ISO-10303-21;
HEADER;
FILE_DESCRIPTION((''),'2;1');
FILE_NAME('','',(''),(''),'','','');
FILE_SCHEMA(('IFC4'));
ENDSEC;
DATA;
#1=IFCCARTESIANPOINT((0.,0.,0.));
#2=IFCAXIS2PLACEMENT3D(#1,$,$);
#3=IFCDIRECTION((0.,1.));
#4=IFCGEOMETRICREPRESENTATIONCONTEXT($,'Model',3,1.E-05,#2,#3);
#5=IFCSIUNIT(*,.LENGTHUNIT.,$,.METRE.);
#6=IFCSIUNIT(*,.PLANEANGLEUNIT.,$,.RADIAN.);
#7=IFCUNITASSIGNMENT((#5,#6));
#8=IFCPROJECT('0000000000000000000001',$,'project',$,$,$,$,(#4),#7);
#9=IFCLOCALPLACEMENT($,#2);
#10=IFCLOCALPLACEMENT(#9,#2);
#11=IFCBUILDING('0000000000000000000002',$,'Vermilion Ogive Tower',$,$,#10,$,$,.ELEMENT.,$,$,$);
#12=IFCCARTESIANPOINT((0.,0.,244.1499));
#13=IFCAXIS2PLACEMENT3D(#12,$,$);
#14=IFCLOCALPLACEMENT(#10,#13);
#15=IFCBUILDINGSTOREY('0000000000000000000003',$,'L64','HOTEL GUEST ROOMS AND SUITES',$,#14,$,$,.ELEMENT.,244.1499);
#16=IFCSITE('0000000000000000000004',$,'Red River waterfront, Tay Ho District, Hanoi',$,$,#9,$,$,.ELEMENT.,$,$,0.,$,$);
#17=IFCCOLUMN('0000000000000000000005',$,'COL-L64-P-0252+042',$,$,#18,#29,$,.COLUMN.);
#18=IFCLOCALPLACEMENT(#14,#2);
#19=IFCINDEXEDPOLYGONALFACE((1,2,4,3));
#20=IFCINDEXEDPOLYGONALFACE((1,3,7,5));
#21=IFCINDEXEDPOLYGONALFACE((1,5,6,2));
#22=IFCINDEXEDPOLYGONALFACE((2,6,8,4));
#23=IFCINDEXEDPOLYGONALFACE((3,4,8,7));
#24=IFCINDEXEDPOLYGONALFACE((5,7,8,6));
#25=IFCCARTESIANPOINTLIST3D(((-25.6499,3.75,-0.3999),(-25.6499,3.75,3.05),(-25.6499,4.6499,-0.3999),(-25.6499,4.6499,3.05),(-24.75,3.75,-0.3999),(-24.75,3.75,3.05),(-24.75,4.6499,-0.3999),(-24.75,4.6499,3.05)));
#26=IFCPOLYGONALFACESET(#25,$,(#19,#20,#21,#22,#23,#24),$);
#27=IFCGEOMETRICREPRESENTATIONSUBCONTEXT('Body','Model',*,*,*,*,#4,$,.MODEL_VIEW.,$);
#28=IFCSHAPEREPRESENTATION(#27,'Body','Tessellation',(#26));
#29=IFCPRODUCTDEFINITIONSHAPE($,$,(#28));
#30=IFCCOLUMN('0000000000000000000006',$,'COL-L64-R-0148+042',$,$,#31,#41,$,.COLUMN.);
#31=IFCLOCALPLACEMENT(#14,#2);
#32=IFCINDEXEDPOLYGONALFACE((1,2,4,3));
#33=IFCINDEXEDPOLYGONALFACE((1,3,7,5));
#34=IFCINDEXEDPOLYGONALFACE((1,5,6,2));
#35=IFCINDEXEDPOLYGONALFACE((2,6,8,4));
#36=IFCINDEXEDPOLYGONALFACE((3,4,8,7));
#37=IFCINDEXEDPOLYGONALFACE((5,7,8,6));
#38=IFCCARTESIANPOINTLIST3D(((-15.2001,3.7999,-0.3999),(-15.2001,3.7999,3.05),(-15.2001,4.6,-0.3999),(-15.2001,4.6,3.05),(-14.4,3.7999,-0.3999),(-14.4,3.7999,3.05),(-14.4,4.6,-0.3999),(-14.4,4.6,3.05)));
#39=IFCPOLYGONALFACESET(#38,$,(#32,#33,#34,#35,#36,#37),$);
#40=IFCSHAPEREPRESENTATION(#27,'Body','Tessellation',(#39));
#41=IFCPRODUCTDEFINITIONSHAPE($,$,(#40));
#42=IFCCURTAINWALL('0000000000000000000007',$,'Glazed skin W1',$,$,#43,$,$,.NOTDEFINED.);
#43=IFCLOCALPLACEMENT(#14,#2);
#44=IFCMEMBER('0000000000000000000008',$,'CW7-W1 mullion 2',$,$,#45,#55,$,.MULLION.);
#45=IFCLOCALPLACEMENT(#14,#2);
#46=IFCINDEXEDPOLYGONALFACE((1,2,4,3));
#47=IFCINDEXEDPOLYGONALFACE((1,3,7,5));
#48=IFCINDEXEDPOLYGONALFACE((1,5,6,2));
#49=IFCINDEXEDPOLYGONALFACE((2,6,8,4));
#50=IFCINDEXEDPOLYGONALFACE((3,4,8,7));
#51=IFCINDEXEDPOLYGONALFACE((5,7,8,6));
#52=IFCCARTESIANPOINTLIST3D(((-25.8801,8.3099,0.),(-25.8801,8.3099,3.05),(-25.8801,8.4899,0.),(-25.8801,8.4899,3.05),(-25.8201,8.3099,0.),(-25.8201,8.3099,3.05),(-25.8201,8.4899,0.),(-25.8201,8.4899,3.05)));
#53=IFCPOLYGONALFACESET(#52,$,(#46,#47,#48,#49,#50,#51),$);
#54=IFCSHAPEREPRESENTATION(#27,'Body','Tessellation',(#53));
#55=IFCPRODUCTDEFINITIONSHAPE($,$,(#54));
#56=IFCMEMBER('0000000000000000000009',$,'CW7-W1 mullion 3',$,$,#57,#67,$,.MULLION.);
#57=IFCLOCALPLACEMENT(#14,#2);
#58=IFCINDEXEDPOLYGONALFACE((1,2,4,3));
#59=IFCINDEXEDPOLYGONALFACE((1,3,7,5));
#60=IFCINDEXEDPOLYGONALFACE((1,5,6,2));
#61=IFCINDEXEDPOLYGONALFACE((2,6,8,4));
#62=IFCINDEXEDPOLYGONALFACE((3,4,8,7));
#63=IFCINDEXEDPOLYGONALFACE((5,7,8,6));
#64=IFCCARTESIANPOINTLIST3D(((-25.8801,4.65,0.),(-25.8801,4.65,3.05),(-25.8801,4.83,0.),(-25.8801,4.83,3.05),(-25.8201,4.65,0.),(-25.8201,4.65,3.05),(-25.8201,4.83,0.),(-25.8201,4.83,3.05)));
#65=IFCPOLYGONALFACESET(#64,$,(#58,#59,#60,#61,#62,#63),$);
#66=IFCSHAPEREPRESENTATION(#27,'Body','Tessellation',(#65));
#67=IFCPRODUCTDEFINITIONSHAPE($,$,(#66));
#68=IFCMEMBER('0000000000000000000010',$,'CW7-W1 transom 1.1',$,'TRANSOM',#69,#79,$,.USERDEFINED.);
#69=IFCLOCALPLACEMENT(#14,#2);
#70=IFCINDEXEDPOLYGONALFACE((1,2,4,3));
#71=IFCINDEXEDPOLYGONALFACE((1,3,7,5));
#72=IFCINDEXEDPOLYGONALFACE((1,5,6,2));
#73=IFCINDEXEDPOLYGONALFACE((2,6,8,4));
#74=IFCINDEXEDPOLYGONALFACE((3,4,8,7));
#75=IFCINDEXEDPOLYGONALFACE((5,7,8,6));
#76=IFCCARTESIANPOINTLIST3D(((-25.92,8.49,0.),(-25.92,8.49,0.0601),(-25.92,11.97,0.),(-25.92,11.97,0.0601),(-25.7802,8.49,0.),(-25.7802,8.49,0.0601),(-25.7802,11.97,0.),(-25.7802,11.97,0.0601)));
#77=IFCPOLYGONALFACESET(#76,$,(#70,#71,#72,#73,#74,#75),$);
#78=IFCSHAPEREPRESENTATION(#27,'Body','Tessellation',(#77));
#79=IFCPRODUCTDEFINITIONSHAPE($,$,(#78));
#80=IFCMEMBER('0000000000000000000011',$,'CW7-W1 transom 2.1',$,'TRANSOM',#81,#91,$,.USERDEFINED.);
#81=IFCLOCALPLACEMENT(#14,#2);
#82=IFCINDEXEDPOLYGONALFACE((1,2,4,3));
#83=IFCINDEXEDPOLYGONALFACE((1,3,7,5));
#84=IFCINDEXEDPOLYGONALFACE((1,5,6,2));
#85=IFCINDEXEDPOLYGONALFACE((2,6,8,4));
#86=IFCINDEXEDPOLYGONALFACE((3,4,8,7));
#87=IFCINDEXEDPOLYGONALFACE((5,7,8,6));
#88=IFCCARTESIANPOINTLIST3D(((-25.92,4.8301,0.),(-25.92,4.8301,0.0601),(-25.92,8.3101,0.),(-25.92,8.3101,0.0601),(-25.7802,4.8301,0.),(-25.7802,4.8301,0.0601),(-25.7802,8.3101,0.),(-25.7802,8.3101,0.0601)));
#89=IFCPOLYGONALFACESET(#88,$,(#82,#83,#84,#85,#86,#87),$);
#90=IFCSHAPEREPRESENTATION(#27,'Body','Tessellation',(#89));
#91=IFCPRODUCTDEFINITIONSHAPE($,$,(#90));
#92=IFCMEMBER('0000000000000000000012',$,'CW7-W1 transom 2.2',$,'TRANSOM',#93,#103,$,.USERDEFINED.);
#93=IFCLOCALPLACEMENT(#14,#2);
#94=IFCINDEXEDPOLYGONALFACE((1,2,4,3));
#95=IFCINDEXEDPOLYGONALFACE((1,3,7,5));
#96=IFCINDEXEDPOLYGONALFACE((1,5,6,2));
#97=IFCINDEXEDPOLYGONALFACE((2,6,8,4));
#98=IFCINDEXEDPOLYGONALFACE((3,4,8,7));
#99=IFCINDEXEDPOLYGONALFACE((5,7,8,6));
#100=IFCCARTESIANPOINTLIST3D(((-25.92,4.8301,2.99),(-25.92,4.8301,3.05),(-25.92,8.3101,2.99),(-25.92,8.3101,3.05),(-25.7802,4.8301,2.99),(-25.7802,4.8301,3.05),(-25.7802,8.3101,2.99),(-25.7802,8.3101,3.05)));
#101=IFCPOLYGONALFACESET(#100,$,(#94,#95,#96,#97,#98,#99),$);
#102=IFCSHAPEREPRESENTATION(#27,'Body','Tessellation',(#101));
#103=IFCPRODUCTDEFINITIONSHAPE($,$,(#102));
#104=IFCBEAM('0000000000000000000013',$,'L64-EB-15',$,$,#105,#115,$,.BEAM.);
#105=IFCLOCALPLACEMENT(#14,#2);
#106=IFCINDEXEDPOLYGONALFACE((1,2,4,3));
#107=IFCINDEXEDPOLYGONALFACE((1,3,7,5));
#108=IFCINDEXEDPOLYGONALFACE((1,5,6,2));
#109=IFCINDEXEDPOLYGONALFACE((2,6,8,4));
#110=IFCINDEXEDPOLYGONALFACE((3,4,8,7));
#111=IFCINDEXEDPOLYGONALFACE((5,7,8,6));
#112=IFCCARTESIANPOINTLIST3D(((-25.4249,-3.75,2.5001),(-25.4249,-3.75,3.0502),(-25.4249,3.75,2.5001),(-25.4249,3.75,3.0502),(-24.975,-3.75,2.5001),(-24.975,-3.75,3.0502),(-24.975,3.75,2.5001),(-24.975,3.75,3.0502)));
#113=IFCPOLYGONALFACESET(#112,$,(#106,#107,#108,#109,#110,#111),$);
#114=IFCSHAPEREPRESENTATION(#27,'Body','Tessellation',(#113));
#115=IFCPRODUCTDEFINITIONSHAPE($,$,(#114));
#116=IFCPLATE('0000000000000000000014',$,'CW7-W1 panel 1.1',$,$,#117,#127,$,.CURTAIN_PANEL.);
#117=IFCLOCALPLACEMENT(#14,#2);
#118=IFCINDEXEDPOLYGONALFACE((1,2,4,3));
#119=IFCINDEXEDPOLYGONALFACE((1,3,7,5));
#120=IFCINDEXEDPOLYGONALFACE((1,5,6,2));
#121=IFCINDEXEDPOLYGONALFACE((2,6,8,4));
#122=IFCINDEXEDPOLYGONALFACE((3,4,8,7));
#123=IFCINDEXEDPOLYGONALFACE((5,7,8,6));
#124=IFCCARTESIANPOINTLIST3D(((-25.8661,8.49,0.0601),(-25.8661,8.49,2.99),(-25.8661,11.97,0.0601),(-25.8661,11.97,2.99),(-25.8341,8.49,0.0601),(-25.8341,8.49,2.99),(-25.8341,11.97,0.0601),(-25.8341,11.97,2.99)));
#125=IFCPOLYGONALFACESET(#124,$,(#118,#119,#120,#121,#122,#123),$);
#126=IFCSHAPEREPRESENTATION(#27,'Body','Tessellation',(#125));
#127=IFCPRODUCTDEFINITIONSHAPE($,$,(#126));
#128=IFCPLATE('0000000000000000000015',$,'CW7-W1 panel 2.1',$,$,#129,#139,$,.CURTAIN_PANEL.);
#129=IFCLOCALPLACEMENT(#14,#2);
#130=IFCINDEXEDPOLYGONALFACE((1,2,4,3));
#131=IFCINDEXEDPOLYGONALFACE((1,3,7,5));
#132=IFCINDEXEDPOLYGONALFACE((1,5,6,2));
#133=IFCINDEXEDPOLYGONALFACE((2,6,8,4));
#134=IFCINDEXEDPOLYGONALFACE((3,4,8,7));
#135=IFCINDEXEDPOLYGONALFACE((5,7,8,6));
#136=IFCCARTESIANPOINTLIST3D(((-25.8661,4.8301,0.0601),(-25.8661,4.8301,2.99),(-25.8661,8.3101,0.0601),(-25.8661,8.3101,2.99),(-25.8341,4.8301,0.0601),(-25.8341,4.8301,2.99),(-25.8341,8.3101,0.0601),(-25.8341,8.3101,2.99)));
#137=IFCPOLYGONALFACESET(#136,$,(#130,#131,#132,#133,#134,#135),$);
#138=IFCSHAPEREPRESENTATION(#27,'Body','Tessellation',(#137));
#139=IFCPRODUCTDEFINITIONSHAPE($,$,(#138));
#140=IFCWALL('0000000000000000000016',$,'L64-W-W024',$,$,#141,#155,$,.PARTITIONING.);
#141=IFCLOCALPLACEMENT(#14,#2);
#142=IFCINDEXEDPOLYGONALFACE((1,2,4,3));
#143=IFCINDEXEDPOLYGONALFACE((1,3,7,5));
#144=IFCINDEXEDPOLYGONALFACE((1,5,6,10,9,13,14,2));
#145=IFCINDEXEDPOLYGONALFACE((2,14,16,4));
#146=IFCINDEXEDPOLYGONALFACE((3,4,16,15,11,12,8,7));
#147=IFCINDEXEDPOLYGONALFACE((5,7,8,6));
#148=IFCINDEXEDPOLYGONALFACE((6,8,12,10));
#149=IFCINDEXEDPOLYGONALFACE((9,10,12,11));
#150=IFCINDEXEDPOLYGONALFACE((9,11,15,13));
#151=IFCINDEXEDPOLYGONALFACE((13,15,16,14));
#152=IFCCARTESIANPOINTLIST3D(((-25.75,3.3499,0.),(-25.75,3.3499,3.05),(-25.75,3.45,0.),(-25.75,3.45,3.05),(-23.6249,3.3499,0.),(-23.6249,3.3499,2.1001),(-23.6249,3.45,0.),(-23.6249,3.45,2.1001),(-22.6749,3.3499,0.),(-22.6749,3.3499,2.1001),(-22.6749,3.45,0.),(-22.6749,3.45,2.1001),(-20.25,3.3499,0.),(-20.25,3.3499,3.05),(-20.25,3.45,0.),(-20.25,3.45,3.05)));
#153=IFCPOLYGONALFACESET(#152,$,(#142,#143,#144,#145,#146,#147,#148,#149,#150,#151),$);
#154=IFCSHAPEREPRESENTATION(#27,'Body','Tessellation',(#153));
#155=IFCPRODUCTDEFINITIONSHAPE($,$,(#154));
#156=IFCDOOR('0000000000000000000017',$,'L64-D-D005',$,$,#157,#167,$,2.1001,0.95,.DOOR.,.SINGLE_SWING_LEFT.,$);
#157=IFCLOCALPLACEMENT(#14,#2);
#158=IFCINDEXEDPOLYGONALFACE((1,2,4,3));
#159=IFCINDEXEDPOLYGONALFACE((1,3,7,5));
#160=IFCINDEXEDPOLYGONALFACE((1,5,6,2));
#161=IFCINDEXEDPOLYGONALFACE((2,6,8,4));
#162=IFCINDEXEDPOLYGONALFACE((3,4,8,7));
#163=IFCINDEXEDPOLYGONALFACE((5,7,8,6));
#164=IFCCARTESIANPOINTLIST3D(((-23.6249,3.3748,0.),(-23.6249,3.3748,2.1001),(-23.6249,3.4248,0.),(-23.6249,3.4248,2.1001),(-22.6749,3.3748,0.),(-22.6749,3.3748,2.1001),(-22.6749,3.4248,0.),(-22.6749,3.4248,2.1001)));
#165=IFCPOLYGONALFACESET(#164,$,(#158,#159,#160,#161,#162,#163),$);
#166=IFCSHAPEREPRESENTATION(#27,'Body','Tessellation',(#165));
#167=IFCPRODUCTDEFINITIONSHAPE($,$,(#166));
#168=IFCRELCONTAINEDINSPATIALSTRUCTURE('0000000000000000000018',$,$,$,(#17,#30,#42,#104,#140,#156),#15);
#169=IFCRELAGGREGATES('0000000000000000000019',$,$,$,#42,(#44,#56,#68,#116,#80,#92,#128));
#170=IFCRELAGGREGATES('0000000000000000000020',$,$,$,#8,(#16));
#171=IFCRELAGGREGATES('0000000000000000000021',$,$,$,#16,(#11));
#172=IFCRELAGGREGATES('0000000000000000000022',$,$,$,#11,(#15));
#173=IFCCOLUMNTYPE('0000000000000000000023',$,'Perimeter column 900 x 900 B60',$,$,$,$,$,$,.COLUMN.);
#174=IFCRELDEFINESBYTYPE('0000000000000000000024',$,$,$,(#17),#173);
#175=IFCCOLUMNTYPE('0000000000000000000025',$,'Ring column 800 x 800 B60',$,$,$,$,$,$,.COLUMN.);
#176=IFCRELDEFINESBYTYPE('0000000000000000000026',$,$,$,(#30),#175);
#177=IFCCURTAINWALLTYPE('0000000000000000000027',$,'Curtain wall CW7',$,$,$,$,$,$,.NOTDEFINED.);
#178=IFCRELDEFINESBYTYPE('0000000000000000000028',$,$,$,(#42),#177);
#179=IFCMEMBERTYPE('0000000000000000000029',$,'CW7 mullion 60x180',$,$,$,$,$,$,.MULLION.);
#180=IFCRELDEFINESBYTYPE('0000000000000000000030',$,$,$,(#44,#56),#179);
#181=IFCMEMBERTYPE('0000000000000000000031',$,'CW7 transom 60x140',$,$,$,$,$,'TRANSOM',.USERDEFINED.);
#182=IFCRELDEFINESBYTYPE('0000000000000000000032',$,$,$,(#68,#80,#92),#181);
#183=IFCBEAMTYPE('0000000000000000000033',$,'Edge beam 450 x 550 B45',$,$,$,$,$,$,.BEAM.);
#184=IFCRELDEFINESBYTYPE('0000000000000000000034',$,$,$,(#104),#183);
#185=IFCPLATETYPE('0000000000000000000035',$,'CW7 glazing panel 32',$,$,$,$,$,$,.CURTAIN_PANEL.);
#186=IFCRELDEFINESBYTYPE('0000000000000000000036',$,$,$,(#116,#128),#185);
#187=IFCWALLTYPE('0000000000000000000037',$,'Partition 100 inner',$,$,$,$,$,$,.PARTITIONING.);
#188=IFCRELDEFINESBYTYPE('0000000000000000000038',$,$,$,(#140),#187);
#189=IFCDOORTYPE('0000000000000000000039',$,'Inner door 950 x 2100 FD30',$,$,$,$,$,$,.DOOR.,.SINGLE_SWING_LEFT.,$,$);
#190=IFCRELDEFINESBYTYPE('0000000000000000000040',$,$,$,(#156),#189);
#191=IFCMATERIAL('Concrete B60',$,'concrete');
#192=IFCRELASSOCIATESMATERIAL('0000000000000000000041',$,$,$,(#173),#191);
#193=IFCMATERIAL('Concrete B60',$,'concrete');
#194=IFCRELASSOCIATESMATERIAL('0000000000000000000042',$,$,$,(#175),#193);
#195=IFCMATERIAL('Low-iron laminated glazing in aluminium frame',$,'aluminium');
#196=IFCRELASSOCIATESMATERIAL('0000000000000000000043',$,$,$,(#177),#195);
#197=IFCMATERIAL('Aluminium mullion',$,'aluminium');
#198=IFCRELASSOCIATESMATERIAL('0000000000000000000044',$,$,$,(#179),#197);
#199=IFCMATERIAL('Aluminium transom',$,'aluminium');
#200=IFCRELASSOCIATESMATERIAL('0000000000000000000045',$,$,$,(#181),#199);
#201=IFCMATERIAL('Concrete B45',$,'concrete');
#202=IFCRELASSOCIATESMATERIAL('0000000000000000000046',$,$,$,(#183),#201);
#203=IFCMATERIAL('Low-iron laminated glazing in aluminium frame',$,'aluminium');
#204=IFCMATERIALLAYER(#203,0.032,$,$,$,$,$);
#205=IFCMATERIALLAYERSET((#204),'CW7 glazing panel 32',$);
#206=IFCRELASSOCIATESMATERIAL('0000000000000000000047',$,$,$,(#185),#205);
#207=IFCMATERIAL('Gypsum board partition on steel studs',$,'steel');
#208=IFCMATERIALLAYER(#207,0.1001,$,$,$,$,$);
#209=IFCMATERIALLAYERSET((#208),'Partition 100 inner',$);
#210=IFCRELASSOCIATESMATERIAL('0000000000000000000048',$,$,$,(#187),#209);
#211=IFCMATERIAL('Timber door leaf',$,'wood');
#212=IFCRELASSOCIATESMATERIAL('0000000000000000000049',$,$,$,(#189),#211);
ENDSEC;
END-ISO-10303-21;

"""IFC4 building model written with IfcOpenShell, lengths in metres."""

from ifc_helpers import new_model, si_unit, direction, frame, frame_2d, origin, origin_2d, place, context, subcontext, project, spatial, rectangle, extrude, material, layer, layer_set, material_profile, profile_set, type_object, element, fill, aggregate, save


model = new_model("IFC4")

# Units and contexts
model_context = context("Model", 3, precision=1e-05, world=origin(), true_north=direction((0.0, 1.0)))
body_context = subcontext(model_context, "Body", "Model", "MODEL_VIEW")
ifc_project = project(units=[si_unit("LENGTHUNIT", "METRE"), si_unit("PLANEANGLEUNIT", "RADIAN")], contexts=[model_context])

# Site, building, storey
site_placement = place(None, origin())
site = spatial("IfcSite", under=ifc_project, at=site_placement, Name="Red River waterfront, Tay Ho District, Hanoi", CompositionType="ELEMENT", RefElevation=0.0)
building_placement = place(site_placement, origin())
building = spatial("IfcBuilding", under=site, at=building_placement, Name="Vermilion Ogive Tower", CompositionType="ELEMENT")
storey_placement = place(building_placement, frame((0.0, 0.0, 244.1499)))
storey = spatial("IfcBuildingStorey", under=building, at=storey_placement, Name="L64", Description="HOTEL GUEST ROOMS AND SUITES", CompositionType="ELEMENT", Elevation=244.1499)

# Columns
ifc_material_1 = material(Name="Concrete B60", Category="concrete")
ifc_material_profile_1 = material_profile(ifc_material_1, rectangle(XDim=0.8999, YDim=0.8999, at=origin_2d()), Name="900 x 900")
ifc_profile_set_1 = profile_set([ifc_material_profile_1], Name="Concrete B60")
column_type_1 = type_object("IfcColumnType", Name="Perimeter column 900 x 900 B60", PredefinedType="COLUMN", material=ifc_profile_set_1)
column_1_placement = place(storey_placement, frame((-25.2, 4.2, -0.3999), z_axis=(0.0, 0.0, 1.0), x_axis=(1.0, 0.0, 0.0)))
element("IfcColumn", 1, at=column_1_placement, inside=storey, type_object=column_type_1, Name="COL-L64-P-0252+042", PredefinedType="COLUMN", context=body_context, shape_type="SweptSolid", body=[
    extrude(rectangle(XDim=0.8999, YDim=0.8999, at=origin_2d()), origin(), (0.0, 0.0, 1.0), 3.45),
])
ifc_material_2 = material(Name="Concrete B60", Category="concrete")
ifc_material_profile_2 = material_profile(ifc_material_2, rectangle(XDim=0.8, YDim=0.8, at=origin_2d()), Name="800 x 800")
ifc_profile_set_2 = profile_set([ifc_material_profile_2], Name="Concrete B60")
column_type_2 = type_object("IfcColumnType", Name="Ring column 800 x 800 B60", PredefinedType="COLUMN", material=ifc_profile_set_2)
column_2_placement = place(storey_placement, frame((-14.8, 4.2, -0.3999), z_axis=(0.0, 0.0, 1.0), x_axis=(1.0, 0.0, 0.0)))
element("IfcColumn", 2, at=column_2_placement, inside=storey, type_object=column_type_2, Name="COL-L64-R-0148+042", PredefinedType="COLUMN", context=body_context, shape_type="SweptSolid", body=[
    extrude(rectangle(XDim=0.8, YDim=0.8, at=origin_2d()), origin(), (0.0, 0.0, 1.0), 3.45),
])

# Curtain wall, members
ifc_material_3 = material(Name="Low-iron laminated glazing in aluminium frame", Category="aluminium")
curtain_wall_type = type_object("IfcCurtainWallType", Name="Curtain wall CW7", PredefinedType="NOTDEFINED", material=ifc_material_3)
curtain_wall_placement = place(storey_placement, origin())
curtain_wall = element("IfcCurtainWall", 3, at=curtain_wall_placement, inside=storey, type_object=curtain_wall_type, Name="Glazed skin W1", PredefinedType="NOTDEFINED")
ifc_material_4 = material(Name="Aluminium mullion", Category="aluminium")
ifc_material_profile_3 = material_profile(ifc_material_4, rectangle(XDim=0.0601, YDim=0.1799, at=origin_2d()), Name="AL 60x180")
ifc_profile_set_3 = profile_set([ifc_material_profile_3], Name="Aluminium mullion")
member_type_1 = type_object("IfcMemberType", Name="CW7 mullion 60x180", PredefinedType="MULLION", material=ifc_profile_set_3)
member_1_placement = place(storey_placement, frame((-25.8501, 8.3999, 0.0), z_axis=(0.0, 0.0, 1.0), x_axis=(1.0, 0.0, 0.0)))
member_1 = element("IfcMember", 4, at=member_1_placement, type_object=member_type_1, Name="CW7-W1 mullion 2", PredefinedType="MULLION", context=body_context, shape_type="SweptSolid", body=[
    extrude(rectangle(XDim=0.0601, YDim=0.1799, at=origin_2d()), origin(), (0.0, 0.0, 1.0), 3.05),
])
member_2_placement = place(storey_placement, frame((-25.8501, 4.74, 0.0), z_axis=(0.0, 0.0, 1.0), x_axis=(1.0, 0.0, 0.0)))
member_2 = element("IfcMember", 5, at=member_2_placement, type_object=member_type_1, Name="CW7-W1 mullion 3", PredefinedType="MULLION", context=body_context, shape_type="SweptSolid", body=[
    extrude(rectangle(XDim=0.0601, YDim=0.1799, at=origin_2d()), origin(), (0.0, 0.0, 1.0), 3.05),
])
ifc_material_5 = material(Name="Aluminium transom", Category="aluminium")
ifc_material_profile_4 = material_profile(ifc_material_5, rectangle(XDim=0.1399, YDim=0.0601, at=origin_2d()), Name="AL 60x140")
ifc_profile_set_4 = profile_set([ifc_material_profile_4], Name="Aluminium transom")
member_type_2 = type_object("IfcMemberType", Name="CW7 transom 60x140", ElementType="TRANSOM", PredefinedType="USERDEFINED", material=ifc_profile_set_4)
member_3_placement = place(storey_placement, frame((-25.8501, 11.97, 0.03), z_axis=(0.0, -1.0, 0.0), x_axis=(1.0, 0.0, 0.0)))
member_3 = element("IfcMember", 6, at=member_3_placement, type_object=member_type_2, Name="CW7-W1 transom 1.1", ObjectType="TRANSOM", PredefinedType="USERDEFINED", context=body_context, shape_type="SweptSolid", body=[
    extrude(rectangle(XDim=0.1399, YDim=0.0601, at=origin_2d()), origin(), (0.0, 0.0, 1.0), 3.48),
])
member_4_placement = place(storey_placement, frame((-25.8501, 8.3101, 0.03), z_axis=(0.0, -1.0, 0.0), x_axis=(1.0, 0.0, 0.0)))
member_4 = element("IfcMember", 7, at=member_4_placement, type_object=member_type_2, Name="CW7-W1 transom 2.1", ObjectType="TRANSOM", PredefinedType="USERDEFINED", context=body_context, shape_type="SweptSolid", body=[
    extrude(rectangle(XDim=0.1399, YDim=0.0601, at=origin_2d()), origin(), (0.0, 0.0, 1.0), 3.48),
])
member_5_placement = place(storey_placement, frame((-25.8501, 8.3101, 3.02), z_axis=(0.0, -1.0, 0.0), x_axis=(1.0, 0.0, 0.0)))
member_5 = element("IfcMember", 8, at=member_5_placement, type_object=member_type_2, Name="CW7-W1 transom 2.2", ObjectType="TRANSOM", PredefinedType="USERDEFINED", context=body_context, shape_type="SweptSolid", body=[
    extrude(rectangle(XDim=0.1399, YDim=0.0601, at=origin_2d()), origin(), (0.0, 0.0, 1.0), 3.48),
])

# Beam
ifc_material_6 = material(Name="Concrete B45", Category="concrete")
ifc_material_profile_5 = material_profile(ifc_material_6, rectangle(XDim=0.45, YDim=0.55, at=origin_2d()), Name="450 x 550")
ifc_profile_set_5 = profile_set([ifc_material_profile_5], Name="Concrete B45")
beam_type = type_object("IfcBeamType", Name="Edge beam 450 x 550 B45", PredefinedType="BEAM", material=ifc_profile_set_5)
beam_placement = place(storey_placement, frame((-25.2, 3.75, 2.7751), z_axis=(0.0, -1.0, 0.0), x_axis=(1.0, 0.0, 0.0)))
element("IfcBeam", 9, at=beam_placement, inside=storey, type_object=beam_type, Name="L64-EB-15", PredefinedType="BEAM", context=body_context, shape_type="SweptSolid", body=[
    extrude(rectangle(XDim=0.45, YDim=0.55, at=origin_2d()), origin(), (0.0, 0.0, 1.0), 7.5),
])

# Plates
ifc_material_7 = material(Name="Low-iron laminated glazing in aluminium frame", Category="aluminium")
ifc_layer_1 = layer(ifc_material_7, 0.032)
ifc_layer_set_1 = layer_set([ifc_layer_1], Name="CW7 glazing panel 32")
plate_type = type_object("IfcPlateType", Name="CW7 glazing panel 32", PredefinedType="CURTAIN_PANEL", material=ifc_layer_set_1)
plate_1_placement = place(storey_placement, frame((-25.8501, 10.23, 0.0601), z_axis=(0.0, 0.0, 1.0), x_axis=(0.0, -1.0, 0.0)))
plate_1 = element("IfcPlate", 10, at=plate_1_placement, type_object=plate_type, Name="CW7-W1 panel 1.1", PredefinedType="CURTAIN_PANEL", context=body_context, shape_type="SweptSolid", body=[
    extrude(rectangle(XDim=3.48, YDim=0.032, at=origin_2d()), origin(), (0.0, 0.0, 1.0), 2.9299),
])
plate_2_placement = place(storey_placement, frame((-25.8501, 6.5701, 0.0601), z_axis=(0.0, 0.0, 1.0), x_axis=(0.0, -1.0, 0.0)))
plate_2 = element("IfcPlate", 11, at=plate_2_placement, type_object=plate_type, Name="CW7-W1 panel 2.1", PredefinedType="CURTAIN_PANEL", context=body_context, shape_type="SweptSolid", body=[
    extrude(rectangle(XDim=3.48, YDim=0.032, at=origin_2d()), origin(), (0.0, 0.0, 1.0), 2.9299),
])
aggregate(curtain_wall, [member_1, member_2, member_3, plate_1, member_4, member_5, plate_2])

# Wall, opening, door
ifc_material_8 = material(Name="Gypsum board partition on steel studs", Category="steel")
ifc_layer_2 = layer(ifc_material_8, 0.1001)
ifc_layer_set_2 = layer_set([ifc_layer_2], Name="Partition 100 inner")
wall_type_1 = type_object("IfcWallType", Name="Partition 100 inner", PredefinedType="PARTITIONING", material=ifc_layer_set_2)
wall_1_placement = place(storey_placement, frame((-25.75, 3.3999, 0.0), z_axis=(0.0, 0.0, 1.0), x_axis=(1.0, 0.0, 0.0)))
wall_1 = element("IfcWall", 12, at=wall_1_placement, inside=storey, type_object=wall_type_1, Name="L64-W-W024", PredefinedType="PARTITIONING", context=body_context, shape_type="SweptSolid", body=[
    extrude(rectangle(XDim=5.5, YDim=0.1001, at=frame_2d((2.75, 0.0))), origin(), (0.0, 0.0, 1.0), 3.05),
])
opening_1_placement = place(wall_1_placement, frame((2.125, 0.0, 0.0)))
opening_1 = element("IfcOpeningElement", 13, at=opening_1_placement, cuts=wall_1, PredefinedType="OPENING", context=body_context, shape_type="SweptSolid", body=[
    extrude(rectangle(XDim=0.95, YDim=2.1001, at=frame_2d((0.4751, 1.05))), frame((0.0, 0.0601, 0.0), z_axis=(0.0, -1.0, 0.0), x_axis=(1.0, 0.0, 0.0)), (0.0, 0.0, 1.0), 0.1201),
])
ifc_material_9 = material(Name="Timber door leaf", Category="wood")
door_type_1 = type_object("IfcDoorType", Name="Inner door 950 x 2100 FD30", OperationType="SINGLE_SWING_LEFT", PredefinedType="DOOR", material=ifc_material_9)
door_1_placement = place(opening_1_placement, origin())
door_1 = element("IfcDoor", 14, at=door_1_placement, inside=storey, type_object=door_type_1, Name="L64-D-D005", OperationType="SINGLE_SWING_LEFT", OverallHeight=2.1001, OverallWidth=0.95, PredefinedType="DOOR", context=body_context, shape_type="SweptSolid", body=[
    extrude(rectangle(XDim=0.95, YDim=2.1001, at=frame_2d((0.4751, 1.05))), frame((0.0, 0.0249, 0.0), z_axis=(0.0, -1.0, 0.0), x_axis=(1.0, 0.0, 0.0)), (0.0, 0.0, 1.0), 0.05),
])
fill(opening_1, door_1)

save(model, "model.ifc")
